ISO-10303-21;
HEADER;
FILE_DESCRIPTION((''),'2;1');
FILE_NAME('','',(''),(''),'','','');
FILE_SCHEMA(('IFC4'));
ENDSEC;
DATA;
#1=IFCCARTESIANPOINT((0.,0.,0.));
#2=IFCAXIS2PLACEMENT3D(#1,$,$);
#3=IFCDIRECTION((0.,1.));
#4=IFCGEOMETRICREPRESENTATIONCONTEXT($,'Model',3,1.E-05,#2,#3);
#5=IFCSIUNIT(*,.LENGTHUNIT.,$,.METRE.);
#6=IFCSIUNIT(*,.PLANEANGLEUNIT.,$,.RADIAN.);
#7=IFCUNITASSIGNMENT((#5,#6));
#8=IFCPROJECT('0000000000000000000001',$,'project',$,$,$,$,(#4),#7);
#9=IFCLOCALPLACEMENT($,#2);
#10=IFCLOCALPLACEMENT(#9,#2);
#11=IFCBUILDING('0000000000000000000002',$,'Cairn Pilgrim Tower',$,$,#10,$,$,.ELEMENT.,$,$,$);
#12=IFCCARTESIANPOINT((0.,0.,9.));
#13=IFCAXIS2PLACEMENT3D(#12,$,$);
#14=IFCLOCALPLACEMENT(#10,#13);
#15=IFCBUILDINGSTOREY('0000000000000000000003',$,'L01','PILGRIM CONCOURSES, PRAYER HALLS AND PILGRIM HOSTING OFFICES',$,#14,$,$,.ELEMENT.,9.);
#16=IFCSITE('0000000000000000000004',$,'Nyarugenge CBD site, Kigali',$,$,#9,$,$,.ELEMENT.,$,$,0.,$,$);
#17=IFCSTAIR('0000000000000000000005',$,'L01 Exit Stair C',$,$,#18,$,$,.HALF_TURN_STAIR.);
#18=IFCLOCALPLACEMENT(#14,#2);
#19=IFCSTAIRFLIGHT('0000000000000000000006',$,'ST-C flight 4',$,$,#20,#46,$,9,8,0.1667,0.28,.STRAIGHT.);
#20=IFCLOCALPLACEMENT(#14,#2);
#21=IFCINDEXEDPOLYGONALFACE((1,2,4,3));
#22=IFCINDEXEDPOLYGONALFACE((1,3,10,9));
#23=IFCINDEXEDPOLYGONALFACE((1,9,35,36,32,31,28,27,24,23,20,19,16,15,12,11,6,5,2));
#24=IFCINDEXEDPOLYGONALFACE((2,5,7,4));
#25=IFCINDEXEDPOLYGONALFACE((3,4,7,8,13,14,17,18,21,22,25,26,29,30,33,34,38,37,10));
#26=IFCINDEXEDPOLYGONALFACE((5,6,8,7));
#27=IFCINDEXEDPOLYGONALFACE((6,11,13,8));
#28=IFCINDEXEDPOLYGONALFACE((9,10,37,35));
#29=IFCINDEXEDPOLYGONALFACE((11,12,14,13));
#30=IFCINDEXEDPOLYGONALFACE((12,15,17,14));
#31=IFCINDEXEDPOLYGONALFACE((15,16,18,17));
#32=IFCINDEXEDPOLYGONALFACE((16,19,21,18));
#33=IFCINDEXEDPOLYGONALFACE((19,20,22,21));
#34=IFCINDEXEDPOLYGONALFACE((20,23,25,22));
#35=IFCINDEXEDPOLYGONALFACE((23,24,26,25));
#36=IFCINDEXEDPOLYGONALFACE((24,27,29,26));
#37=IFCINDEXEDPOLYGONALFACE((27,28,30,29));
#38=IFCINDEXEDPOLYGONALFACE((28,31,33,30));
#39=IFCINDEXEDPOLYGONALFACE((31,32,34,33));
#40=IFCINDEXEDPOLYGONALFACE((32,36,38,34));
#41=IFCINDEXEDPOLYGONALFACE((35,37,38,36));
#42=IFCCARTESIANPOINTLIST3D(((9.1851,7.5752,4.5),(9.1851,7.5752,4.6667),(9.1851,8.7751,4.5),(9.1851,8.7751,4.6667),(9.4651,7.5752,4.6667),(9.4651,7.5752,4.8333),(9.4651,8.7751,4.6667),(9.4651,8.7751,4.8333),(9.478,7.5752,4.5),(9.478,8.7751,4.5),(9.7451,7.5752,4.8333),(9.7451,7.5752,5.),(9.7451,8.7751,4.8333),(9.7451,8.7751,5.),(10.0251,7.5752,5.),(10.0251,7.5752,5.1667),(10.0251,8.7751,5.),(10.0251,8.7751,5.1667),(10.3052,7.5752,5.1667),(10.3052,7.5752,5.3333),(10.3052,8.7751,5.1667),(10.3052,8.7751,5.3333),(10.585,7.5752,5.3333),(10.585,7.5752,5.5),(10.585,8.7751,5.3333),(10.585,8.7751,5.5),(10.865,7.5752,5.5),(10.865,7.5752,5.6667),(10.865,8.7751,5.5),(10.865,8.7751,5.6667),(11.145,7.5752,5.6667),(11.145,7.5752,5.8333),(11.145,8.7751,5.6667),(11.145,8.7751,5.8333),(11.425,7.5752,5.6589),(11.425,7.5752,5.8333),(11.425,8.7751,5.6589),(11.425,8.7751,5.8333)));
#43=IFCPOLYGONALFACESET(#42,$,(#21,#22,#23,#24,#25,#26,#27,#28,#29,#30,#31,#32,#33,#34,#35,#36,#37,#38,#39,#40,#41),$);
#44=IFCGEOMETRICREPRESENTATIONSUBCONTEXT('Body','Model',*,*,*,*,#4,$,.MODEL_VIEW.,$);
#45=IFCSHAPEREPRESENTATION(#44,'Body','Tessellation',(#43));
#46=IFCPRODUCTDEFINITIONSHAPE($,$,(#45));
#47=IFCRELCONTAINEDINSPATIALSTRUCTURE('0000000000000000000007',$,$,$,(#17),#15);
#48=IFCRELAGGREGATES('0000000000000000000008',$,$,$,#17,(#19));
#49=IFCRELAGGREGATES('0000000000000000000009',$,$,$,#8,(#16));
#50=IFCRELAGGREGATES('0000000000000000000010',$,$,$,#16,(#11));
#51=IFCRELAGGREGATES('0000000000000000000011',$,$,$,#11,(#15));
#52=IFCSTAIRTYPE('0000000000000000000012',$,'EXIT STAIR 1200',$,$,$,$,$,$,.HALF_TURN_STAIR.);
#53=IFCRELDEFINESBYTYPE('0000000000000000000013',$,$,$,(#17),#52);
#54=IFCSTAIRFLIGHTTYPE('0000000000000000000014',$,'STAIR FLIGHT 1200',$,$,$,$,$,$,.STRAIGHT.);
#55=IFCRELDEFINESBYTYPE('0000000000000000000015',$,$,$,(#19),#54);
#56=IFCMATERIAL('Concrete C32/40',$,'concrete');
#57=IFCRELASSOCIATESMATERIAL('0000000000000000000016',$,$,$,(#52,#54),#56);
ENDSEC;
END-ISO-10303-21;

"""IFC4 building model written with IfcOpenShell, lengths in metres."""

from ifc_helpers import new_model, si_unit, direction, frame, origin, place, context, subcontext, project, spatial, polyline, outline, extrude, material, type_object, element, aggregate, save


model = new_model("IFC4")

# Units and contexts
model_context = context("Model", 3, precision=1e-05, world=origin(), true_north=direction((0.0, 1.0)))
body_context = subcontext(model_context, "Body", "Model", "MODEL_VIEW")
ifc_project = project(units=[si_unit("LENGTHUNIT", "METRE"), si_unit("PLANEANGLEUNIT", "RADIAN")], contexts=[model_context])

# Site, building, storey
site_placement = place(None, origin())
site = spatial("IfcSite", under=ifc_project, at=site_placement, Name="Nyarugenge CBD site, Kigali", CompositionType="ELEMENT", RefElevation=0.0)
building_placement = place(site_placement, origin())
building = spatial("IfcBuilding", under=site, at=building_placement, Name="Cairn Pilgrim Tower", CompositionType="ELEMENT")
storey_placement = place(building_placement, frame((0.0, 0.0, 9.0)))
storey = spatial("IfcBuildingStorey", under=building, at=storey_placement, Name="L01", Description="PILGRIM CONCOURSES, PRAYER HALLS AND PILGRIM HOSTING OFFICES", CompositionType="ELEMENT", Elevation=9.0)

# Shared definitions
ifc_material_1 = material(Name="Concrete C32/40", Category="concrete")

# Stair, stair flight
stair_type = type_object("IfcStairType", Name="EXIT STAIR 1200", PredefinedType="HALF_TURN_STAIR", material=ifc_material_1)
stair_flight_type = type_object("IfcStairFlightType", Name="STAIR FLIGHT 1200", PredefinedType="STRAIGHT", material=ifc_material_1)
stair_1_placement = place(storey_placement, origin())
stair_1 = element("IfcStair", 1, at=stair_1_placement, inside=storey, type_object=stair_type, Name="L01 Exit Stair C", PredefinedType="HALF_TURN_STAIR")
stair_flight_1_placement = place(storey_placement, frame((9.1851, 8.175, 4.5), z_axis=(0.0, 0.0, 1.0), x_axis=(1.0, 0.0, 0.0)))
stair_flight_1 = element("IfcStairFlight", 2, at=stair_flight_1_placement, type_object=stair_flight_type, Name="ST-C flight 4", NumberOfRisers=9, NumberOfTreads=8, PredefinedType="STRAIGHT", RiserHeight=0.1667, TreadLength=0.28, context=body_context, shape_type="SweptSolid", body=[
    extrude(outline(polyline([(0.0, 0.0), (0.0, 0.1667), (0.28, 0.1667), (0.28, 0.3333), (0.5601, 0.3333), (0.5601, 0.5), (0.8401, 0.5), (0.8401, 0.6667), (1.1201, 0.6667), (1.1201, 0.8333), (1.3999, 0.8333), (1.3999, 1.0), (1.6799, 1.0), (1.6799, 1.1667), (1.96, 1.1667), (1.96, 1.3333), (2.24, 1.3333), (2.24, 1.5), (2.24, 1.1589), (0.293, 0.0), (0.0, 0.0)])), frame((0.0, 0.6001, 0.0), z_axis=(0.0, -1.0, 0.0), x_axis=(1.0, 0.0, 0.0)), (0.0, 0.0, 1.0), 1.2),
])
aggregate(stair_1, [stair_flight_1])

save(model, "model.ifc")
